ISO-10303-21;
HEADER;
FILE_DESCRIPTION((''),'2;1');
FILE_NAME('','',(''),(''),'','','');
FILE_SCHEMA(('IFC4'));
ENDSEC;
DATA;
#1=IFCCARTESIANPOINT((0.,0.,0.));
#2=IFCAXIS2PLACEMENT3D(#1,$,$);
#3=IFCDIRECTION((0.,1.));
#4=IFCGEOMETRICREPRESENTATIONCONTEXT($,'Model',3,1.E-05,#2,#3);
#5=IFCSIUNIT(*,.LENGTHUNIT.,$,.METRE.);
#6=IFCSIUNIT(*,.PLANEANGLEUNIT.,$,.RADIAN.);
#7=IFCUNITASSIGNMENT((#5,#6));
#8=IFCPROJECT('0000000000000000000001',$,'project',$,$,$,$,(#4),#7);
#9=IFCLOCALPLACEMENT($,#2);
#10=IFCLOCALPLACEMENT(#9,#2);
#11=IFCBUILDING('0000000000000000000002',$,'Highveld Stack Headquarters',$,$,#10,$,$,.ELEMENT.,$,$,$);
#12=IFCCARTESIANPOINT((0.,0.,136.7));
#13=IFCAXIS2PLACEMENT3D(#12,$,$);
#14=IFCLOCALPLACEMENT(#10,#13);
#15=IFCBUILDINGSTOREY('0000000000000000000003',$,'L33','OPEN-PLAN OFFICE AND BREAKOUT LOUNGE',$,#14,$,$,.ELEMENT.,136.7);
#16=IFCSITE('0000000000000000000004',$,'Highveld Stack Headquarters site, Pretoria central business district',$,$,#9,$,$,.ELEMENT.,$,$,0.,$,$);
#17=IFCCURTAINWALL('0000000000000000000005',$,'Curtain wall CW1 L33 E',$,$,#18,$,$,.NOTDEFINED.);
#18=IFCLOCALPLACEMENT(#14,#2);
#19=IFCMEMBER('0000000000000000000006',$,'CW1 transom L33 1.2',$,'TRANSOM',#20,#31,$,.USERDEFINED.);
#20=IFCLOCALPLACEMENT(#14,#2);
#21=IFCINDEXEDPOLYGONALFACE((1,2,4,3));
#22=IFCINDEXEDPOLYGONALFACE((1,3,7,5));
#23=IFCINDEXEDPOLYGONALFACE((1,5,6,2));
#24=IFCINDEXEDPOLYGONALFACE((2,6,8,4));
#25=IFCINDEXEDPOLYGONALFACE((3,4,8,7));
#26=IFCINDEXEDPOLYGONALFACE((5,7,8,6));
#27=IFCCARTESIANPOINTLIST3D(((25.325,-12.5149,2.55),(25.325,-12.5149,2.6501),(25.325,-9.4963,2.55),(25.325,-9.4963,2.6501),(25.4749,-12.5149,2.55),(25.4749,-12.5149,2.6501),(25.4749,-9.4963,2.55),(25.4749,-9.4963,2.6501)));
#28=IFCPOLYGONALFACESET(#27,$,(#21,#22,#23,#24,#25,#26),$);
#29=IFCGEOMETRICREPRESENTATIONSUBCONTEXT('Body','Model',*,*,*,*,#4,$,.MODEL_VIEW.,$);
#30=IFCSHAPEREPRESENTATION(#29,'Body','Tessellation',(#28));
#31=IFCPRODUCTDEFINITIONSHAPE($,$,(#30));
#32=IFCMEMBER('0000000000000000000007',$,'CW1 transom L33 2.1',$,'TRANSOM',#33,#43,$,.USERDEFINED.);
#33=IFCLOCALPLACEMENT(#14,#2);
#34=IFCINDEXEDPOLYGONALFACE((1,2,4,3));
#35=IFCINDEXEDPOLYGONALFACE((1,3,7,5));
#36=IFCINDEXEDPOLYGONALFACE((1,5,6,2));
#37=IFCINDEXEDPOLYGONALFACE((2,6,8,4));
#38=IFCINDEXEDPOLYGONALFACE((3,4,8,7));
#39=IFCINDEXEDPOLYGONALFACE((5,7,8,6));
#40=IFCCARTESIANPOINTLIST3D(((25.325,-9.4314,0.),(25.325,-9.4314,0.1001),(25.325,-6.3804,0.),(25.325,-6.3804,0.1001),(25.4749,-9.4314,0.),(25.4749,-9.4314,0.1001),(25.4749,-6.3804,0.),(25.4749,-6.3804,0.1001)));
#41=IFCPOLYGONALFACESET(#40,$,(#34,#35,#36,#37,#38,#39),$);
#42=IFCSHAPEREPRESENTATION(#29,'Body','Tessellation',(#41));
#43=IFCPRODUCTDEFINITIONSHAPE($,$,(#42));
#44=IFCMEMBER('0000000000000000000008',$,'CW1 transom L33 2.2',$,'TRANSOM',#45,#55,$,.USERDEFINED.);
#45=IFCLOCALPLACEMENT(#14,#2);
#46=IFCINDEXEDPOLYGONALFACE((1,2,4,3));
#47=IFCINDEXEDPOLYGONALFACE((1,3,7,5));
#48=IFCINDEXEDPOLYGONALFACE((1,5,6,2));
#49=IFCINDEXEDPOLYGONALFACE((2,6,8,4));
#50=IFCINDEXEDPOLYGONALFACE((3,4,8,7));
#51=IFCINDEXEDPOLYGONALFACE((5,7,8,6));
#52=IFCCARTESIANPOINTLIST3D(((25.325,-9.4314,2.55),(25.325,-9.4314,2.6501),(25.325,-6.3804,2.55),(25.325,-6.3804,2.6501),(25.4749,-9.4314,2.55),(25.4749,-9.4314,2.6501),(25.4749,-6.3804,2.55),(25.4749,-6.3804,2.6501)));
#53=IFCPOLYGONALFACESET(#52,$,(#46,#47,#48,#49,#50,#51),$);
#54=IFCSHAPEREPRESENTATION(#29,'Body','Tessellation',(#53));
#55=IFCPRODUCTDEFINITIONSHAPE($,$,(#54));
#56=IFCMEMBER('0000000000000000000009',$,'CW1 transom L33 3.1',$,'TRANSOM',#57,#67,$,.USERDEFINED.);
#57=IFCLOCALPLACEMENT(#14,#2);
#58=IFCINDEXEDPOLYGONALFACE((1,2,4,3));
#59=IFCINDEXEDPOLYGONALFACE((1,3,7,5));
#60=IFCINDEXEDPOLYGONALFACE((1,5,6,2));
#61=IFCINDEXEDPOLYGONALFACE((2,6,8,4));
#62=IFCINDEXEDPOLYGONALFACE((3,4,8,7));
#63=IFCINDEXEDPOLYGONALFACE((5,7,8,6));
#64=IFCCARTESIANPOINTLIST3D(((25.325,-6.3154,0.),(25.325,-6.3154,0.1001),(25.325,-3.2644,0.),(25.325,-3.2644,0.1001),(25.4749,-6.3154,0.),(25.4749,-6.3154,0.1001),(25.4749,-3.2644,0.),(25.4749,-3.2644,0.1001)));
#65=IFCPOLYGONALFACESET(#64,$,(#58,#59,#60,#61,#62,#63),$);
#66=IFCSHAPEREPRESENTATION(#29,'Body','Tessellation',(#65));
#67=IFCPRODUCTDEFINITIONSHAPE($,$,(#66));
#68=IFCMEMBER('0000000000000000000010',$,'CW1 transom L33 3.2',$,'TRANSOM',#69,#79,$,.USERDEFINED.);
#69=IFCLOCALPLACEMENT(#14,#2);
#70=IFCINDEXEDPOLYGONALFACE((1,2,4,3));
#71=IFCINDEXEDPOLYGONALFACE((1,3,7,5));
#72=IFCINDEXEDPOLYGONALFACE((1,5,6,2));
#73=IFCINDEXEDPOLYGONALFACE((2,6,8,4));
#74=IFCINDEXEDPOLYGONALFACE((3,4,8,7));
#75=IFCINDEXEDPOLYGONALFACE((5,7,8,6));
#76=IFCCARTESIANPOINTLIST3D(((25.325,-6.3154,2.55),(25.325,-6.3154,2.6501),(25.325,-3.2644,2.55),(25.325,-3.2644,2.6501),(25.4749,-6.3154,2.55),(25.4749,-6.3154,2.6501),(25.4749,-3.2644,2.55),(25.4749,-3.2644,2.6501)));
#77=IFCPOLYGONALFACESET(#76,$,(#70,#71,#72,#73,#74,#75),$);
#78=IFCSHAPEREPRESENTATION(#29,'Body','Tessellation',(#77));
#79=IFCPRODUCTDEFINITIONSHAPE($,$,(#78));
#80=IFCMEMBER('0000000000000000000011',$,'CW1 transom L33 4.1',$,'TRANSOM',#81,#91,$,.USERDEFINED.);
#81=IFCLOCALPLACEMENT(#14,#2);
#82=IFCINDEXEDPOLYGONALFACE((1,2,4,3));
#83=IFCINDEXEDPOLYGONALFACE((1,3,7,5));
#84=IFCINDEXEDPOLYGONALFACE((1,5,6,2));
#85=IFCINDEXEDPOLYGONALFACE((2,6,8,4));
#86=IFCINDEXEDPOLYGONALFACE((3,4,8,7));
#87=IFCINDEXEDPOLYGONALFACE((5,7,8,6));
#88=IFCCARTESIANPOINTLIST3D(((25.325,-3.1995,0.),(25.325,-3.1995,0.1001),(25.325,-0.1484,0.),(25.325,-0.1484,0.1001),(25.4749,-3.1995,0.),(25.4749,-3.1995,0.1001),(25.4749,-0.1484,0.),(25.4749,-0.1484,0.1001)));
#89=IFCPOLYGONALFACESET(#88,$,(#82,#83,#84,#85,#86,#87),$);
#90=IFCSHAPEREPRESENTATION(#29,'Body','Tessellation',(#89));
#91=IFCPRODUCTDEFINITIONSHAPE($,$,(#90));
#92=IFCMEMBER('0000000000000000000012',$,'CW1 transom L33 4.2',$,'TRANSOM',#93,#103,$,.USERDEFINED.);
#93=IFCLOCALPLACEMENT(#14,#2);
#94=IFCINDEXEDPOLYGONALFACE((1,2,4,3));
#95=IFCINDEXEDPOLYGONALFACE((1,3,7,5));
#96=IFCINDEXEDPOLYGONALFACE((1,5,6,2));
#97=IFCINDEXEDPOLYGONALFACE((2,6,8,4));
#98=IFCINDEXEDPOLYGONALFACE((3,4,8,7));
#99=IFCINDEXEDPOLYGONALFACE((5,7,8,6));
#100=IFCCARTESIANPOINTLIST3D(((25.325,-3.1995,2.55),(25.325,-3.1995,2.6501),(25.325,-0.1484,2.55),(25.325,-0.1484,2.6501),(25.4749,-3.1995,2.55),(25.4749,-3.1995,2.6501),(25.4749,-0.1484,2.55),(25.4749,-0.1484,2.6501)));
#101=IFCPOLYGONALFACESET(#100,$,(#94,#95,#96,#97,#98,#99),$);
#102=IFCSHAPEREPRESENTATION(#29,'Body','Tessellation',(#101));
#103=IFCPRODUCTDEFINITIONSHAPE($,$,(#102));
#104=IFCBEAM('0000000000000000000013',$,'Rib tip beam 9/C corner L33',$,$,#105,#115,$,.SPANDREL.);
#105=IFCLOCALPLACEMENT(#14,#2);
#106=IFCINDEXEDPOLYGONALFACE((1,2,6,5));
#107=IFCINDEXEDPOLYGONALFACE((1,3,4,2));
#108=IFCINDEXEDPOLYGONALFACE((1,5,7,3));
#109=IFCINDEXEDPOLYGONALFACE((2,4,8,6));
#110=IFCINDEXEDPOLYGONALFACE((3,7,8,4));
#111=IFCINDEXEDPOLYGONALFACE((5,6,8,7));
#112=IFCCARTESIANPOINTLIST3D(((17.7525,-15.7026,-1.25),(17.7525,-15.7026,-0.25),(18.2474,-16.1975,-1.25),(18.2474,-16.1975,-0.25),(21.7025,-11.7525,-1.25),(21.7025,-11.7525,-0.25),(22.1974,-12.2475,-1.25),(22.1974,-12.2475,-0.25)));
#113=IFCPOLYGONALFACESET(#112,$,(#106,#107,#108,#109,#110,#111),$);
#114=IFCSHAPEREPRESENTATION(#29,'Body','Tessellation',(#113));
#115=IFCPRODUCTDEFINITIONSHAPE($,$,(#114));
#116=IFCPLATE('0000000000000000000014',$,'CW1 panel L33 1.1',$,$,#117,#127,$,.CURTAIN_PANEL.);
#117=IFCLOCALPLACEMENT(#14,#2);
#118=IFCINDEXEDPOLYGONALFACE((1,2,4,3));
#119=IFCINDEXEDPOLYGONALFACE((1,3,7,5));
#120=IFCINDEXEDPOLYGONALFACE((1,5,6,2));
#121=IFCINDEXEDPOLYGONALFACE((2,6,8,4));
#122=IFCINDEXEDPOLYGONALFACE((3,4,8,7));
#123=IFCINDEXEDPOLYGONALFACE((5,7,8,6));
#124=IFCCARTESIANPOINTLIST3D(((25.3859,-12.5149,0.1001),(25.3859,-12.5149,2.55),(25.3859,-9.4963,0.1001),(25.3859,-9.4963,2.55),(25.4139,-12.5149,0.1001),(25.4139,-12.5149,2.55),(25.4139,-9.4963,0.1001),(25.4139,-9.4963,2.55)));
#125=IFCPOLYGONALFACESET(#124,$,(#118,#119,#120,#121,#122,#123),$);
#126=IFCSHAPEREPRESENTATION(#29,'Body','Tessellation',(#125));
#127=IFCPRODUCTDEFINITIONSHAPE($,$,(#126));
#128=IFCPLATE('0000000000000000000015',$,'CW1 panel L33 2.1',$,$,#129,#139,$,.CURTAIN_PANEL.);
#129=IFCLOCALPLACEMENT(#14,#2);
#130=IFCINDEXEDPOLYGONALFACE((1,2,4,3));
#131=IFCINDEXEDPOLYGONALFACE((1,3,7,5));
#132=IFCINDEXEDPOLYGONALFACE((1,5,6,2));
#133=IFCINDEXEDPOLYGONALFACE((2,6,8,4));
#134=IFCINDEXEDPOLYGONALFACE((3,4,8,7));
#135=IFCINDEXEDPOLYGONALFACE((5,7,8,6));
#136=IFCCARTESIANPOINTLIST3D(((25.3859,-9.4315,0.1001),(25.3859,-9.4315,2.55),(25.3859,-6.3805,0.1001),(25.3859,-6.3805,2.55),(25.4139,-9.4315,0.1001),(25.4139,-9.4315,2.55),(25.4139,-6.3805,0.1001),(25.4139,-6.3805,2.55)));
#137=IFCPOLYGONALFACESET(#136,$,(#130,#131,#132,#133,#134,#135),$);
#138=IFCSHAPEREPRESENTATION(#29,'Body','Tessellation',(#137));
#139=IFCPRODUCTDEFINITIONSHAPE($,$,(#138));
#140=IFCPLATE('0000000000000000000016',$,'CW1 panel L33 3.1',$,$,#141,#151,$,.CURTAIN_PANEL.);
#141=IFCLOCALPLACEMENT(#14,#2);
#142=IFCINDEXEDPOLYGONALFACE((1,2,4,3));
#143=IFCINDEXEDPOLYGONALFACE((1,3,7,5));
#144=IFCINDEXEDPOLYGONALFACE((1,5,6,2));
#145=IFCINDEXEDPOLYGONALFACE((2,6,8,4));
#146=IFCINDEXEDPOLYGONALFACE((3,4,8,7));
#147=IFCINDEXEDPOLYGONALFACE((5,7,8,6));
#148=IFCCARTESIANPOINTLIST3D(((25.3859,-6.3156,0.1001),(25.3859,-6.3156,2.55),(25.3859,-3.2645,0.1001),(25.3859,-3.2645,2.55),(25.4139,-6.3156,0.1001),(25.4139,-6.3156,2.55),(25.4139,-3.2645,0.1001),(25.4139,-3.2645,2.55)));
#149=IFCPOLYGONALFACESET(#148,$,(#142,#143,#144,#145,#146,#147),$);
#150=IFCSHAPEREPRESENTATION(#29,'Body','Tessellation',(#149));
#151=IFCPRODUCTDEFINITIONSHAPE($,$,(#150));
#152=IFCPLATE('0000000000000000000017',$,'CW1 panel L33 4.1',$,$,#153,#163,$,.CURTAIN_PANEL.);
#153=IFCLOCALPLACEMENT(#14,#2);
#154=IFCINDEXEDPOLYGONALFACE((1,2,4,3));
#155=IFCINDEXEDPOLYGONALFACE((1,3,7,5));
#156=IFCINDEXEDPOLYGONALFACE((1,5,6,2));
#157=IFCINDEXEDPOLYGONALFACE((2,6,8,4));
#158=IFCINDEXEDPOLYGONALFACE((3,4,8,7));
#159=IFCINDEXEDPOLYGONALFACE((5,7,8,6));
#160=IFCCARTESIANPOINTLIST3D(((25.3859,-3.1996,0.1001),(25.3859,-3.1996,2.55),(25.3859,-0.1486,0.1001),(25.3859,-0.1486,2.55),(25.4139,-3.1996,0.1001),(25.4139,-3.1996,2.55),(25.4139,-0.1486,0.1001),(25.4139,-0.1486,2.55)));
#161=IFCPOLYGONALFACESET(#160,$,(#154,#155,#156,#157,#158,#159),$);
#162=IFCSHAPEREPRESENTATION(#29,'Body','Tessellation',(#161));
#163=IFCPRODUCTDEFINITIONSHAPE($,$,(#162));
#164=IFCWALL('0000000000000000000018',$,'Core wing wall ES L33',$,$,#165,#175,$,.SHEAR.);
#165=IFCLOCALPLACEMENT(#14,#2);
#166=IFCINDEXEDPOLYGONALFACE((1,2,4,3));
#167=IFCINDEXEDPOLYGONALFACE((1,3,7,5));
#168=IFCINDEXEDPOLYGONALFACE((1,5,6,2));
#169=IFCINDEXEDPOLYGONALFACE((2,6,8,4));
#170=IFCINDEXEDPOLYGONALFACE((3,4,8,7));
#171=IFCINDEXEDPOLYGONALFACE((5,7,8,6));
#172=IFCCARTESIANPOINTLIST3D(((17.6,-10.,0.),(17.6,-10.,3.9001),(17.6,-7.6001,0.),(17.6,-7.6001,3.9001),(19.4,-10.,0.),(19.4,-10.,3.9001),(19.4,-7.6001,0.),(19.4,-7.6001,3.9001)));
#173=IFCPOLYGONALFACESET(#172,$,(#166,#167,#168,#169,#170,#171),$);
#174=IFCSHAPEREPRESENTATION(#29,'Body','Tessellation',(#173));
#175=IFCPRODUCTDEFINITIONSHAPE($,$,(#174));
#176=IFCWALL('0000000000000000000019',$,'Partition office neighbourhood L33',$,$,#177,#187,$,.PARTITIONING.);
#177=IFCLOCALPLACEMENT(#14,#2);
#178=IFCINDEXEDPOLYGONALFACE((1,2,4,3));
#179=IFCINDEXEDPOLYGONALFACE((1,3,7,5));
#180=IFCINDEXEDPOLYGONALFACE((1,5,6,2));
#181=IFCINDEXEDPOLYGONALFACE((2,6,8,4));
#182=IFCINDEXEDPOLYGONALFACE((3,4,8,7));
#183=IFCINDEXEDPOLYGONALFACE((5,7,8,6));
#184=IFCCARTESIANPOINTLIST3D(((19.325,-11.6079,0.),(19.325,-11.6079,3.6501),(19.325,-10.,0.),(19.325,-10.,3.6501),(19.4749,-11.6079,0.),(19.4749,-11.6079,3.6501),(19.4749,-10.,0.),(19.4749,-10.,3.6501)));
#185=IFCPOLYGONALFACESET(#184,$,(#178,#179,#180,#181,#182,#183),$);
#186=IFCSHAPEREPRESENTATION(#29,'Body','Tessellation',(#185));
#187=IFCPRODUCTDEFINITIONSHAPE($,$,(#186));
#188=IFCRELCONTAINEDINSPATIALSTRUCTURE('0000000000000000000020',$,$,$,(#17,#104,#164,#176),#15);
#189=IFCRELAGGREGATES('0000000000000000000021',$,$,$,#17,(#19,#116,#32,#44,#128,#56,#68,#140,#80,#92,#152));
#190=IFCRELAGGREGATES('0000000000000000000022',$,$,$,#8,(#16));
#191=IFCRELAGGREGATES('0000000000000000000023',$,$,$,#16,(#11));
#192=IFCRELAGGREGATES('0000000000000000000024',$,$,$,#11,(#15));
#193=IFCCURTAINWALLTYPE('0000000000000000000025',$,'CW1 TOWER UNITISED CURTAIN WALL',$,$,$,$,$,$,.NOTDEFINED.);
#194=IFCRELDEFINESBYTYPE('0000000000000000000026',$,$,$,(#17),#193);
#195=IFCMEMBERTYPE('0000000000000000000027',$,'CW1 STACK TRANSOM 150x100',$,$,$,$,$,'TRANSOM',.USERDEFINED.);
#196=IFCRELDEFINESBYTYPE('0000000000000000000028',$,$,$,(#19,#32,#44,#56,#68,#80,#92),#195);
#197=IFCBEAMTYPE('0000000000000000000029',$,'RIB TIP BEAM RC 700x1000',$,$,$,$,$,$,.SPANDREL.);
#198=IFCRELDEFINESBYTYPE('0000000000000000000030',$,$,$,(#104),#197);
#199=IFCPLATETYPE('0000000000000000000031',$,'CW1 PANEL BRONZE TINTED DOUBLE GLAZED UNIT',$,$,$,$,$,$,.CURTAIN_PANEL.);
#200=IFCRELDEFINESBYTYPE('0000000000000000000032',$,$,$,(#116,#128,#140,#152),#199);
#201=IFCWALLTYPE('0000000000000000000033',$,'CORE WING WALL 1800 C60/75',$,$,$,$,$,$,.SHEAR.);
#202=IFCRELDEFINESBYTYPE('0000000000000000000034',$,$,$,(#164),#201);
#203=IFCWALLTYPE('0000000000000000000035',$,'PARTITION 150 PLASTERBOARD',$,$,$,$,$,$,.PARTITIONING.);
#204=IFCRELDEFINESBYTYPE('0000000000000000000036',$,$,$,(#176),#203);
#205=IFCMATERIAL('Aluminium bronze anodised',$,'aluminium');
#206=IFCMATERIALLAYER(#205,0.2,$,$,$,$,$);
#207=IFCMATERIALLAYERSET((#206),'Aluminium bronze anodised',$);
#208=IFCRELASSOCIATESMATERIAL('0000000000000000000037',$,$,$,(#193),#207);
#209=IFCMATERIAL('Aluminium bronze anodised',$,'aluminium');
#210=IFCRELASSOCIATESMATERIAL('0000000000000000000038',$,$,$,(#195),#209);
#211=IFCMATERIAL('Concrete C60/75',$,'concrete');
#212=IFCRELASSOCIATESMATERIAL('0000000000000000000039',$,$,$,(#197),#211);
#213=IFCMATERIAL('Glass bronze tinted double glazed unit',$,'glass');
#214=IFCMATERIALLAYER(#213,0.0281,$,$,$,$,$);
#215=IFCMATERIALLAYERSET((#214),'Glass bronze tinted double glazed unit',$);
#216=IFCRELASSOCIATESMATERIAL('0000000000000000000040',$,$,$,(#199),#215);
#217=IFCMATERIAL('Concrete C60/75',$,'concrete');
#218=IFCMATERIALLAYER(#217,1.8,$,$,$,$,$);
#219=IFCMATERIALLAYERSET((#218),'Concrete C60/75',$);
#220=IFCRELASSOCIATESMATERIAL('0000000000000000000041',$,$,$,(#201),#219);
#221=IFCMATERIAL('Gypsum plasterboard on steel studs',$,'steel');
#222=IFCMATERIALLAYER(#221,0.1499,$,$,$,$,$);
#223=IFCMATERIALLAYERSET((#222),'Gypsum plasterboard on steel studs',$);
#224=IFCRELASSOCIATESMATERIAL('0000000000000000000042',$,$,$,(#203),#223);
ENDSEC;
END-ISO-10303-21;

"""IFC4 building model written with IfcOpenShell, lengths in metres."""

from ifc_helpers import new_model, si_unit, direction, frame, frame_2d, origin, origin_2d, place, context, subcontext, project, spatial, rectangle, extrude, material, layer, layer_set, material_profile, profile_set, type_object, element, aggregate, save


model = new_model("IFC4")

# Units and contexts
model_context = context("Model", 3, precision=1e-05, world=origin(), true_north=direction((0.0, 1.0)))
body_context = subcontext(model_context, "Body", "Model", "MODEL_VIEW")
ifc_project = project(units=[si_unit("LENGTHUNIT", "METRE"), si_unit("PLANEANGLEUNIT", "RADIAN")], contexts=[model_context])

# Site, building, storey
site_placement = place(None, origin())
site = spatial("IfcSite", under=ifc_project, at=site_placement, Name="Highveld Stack Headquarters site, Pretoria central business district", CompositionType="ELEMENT", RefElevation=0.0)
building_placement = place(site_placement, origin())
building = spatial("IfcBuilding", under=site, at=building_placement, Name="Highveld Stack Headquarters", CompositionType="ELEMENT")
storey_placement = place(building_placement, frame((0.0, 0.0, 136.7)))
storey = spatial("IfcBuildingStorey", under=building, at=storey_placement, Name="L33", Description="OPEN-PLAN OFFICE AND BREAKOUT LOUNGE", CompositionType="ELEMENT", Elevation=136.7)

# Curtain wall, members
ifc_material_1 = material(Name="Aluminium bronze anodised", Category="aluminium")
ifc_layer_1 = layer(ifc_material_1, 0.2)
ifc_layer_set_1 = layer_set([ifc_layer_1], Name="Aluminium bronze anodised")
curtain_wall_type = type_object("IfcCurtainWallType", Name="CW1 TOWER UNITISED CURTAIN WALL", PredefinedType="NOTDEFINED", material=ifc_layer_set_1)
curtain_wall_placement = place(storey_placement, origin())
curtain_wall = element("IfcCurtainWall", 1, at=curtain_wall_placement, inside=storey, type_object=curtain_wall_type, Name="Curtain wall CW1 L33 E", PredefinedType="NOTDEFINED")
ifc_material_2 = material(Name="Aluminium bronze anodised", Category="aluminium")
ifc_material_profile_1 = material_profile(ifc_material_2, rectangle(XDim=0.1499, YDim=0.1001, at=origin_2d()), Name="CW1 TRANSOM 150x100")
ifc_profile_set_1 = profile_set([ifc_material_profile_1], Name="Aluminium bronze anodised")
member_type_1 = type_object("IfcMemberType", Name="CW1 STACK TRANSOM 150x100", ElementType="TRANSOM", PredefinedType="USERDEFINED", material=ifc_profile_set_1)
member_1_placement = place(storey_placement, frame((25.3999, -12.5149, 2.6001), z_axis=(0.0, 1.0, 0.0), x_axis=(-1.0, 0.0, 0.0)))
member_1 = element("IfcMember", 2, at=member_1_placement, type_object=member_type_1, Name="CW1 transom L33 1.2", ObjectType="TRANSOM", PredefinedType="USERDEFINED", context=body_context, shape_type="SweptSolid", body=[
    extrude(rectangle(XDim=0.1499, YDim=0.1001, at=origin_2d()), origin(), (0.0, 0.0, 1.0), 3.0186),
])
member_2_placement = place(storey_placement, frame((25.3999, -9.4314, 0.05), z_axis=(0.0, 1.0, 0.0), x_axis=(-1.0, 0.0, 0.0)))
member_2 = element("IfcMember", 3, at=member_2_placement, type_object=member_type_1, Name="CW1 transom L33 2.1", ObjectType="TRANSOM", PredefinedType="USERDEFINED", context=body_context, shape_type="SweptSolid", body=[
    extrude(rectangle(XDim=0.1499, YDim=0.1001, at=origin_2d()), origin(), (0.0, 0.0, 1.0), 3.051),
])
member_3_placement = place(storey_placement, frame((25.3999, -9.4314, 2.6001), z_axis=(0.0, 1.0, 0.0), x_axis=(-1.0, 0.0, 0.0)))
member_3 = element("IfcMember", 4, at=member_3_placement, type_object=member_type_1, Name="CW1 transom L33 2.2", ObjectType="TRANSOM", PredefinedType="USERDEFINED", context=body_context, shape_type="SweptSolid", body=[
    extrude(rectangle(XDim=0.1499, YDim=0.1001, at=origin_2d()), origin(), (0.0, 0.0, 1.0), 3.051),
])
member_4_placement = place(storey_placement, frame((25.3999, -6.3154, 0.05), z_axis=(0.0, 1.0, 0.0), x_axis=(-1.0, 0.0, 0.0)))
member_4 = element("IfcMember", 5, at=member_4_placement, type_object=member_type_1, Name="CW1 transom L33 3.1", ObjectType="TRANSOM", PredefinedType="USERDEFINED", context=body_context, shape_type="SweptSolid", body=[
    extrude(rectangle(XDim=0.1499, YDim=0.1001, at=origin_2d()), origin(), (0.0, 0.0, 1.0), 3.051),
])
member_5_placement = place(storey_placement, frame((25.3999, -6.3154, 2.6001), z_axis=(0.0, 1.0, 0.0), x_axis=(-1.0, 0.0, 0.0)))
member_5 = element("IfcMember", 6, at=member_5_placement, type_object=member_type_1, Name="CW1 transom L33 3.2", ObjectType="TRANSOM", PredefinedType="USERDEFINED", context=body_context, shape_type="SweptSolid", body=[
    extrude(rectangle(XDim=0.1499, YDim=0.1001, at=origin_2d()), origin(), (0.0, 0.0, 1.0), 3.051),
])
member_6_placement = place(storey_placement, frame((25.3999, -3.1995, 0.05), z_axis=(0.0, 1.0, 0.0), x_axis=(-1.0, 0.0, 0.0)))
member_6 = element("IfcMember", 7, at=member_6_placement, type_object=member_type_1, Name="CW1 transom L33 4.1", ObjectType="TRANSOM", PredefinedType="USERDEFINED", context=body_context, shape_type="SweptSolid", body=[
    extrude(rectangle(XDim=0.1499, YDim=0.1001, at=origin_2d()), origin(), (0.0, 0.0, 1.0), 3.051),
])
member_7_placement = place(storey_placement, frame((25.3999, -3.1995, 2.6001), z_axis=(0.0, 1.0, 0.0), x_axis=(-1.0, 0.0, 0.0)))
member_7 = element("IfcMember", 8, at=member_7_placement, type_object=member_type_1, Name="CW1 transom L33 4.2", ObjectType="TRANSOM", PredefinedType="USERDEFINED", context=body_context, shape_type="SweptSolid", body=[
    extrude(rectangle(XDim=0.1499, YDim=0.1001, at=origin_2d()), origin(), (0.0, 0.0, 1.0), 3.051),
])

# Beam
ifc_material_3 = material(Name="Concrete C60/75", Category="concrete")
ifc_material_profile_2 = material_profile(ifc_material_3, rectangle(XDim=0.7, YDim=1.0, at=origin_2d()), Name="RC 700x1000")
ifc_profile_set_2 = profile_set([ifc_material_profile_2], Name="Concrete C60/75")
beam_type_1 = type_object("IfcBeamType", Name="RIB TIP BEAM RC 700x1000", PredefinedType="SPANDREL", material=ifc_profile_set_2)
beam_1_placement = place(storey_placement, frame((21.95, -12.0, -0.75), z_axis=(-0.707107, -0.707107, 0.0), x_axis=(0.707107, -0.707107, 0.0)))
element("IfcBeam", 9, at=beam_1_placement, inside=storey, type_object=beam_type_1, Name="Rib tip beam 9/C corner L33", PredefinedType="SPANDREL", context=body_context, shape_type="SweptSolid", body=[
    extrude(rectangle(XDim=0.7, YDim=1.0, at=origin_2d()), origin(), (0.0, 0.0, 1.0), 5.5862),
])

# Plates
ifc_material_4 = material(Name="Glass bronze tinted double glazed unit", Category="glass")
ifc_layer_2 = layer(ifc_material_4, 0.0281)
ifc_layer_set_2 = layer_set([ifc_layer_2], Name="Glass bronze tinted double glazed unit")
plate_type = type_object("IfcPlateType", Name="CW1 PANEL BRONZE TINTED DOUBLE GLAZED UNIT", PredefinedType="CURTAIN_PANEL", material=ifc_layer_set_2)
plate_1_placement = place(storey_placement, frame((25.3999, -11.0056, 0.1001), z_axis=(0.0, 0.0, 1.0), x_axis=(0.0, 1.0, 0.0)))
plate_1 = element("IfcPlate", 10, at=plate_1_placement, type_object=plate_type, Name="CW1 panel L33 1.1", PredefinedType="CURTAIN_PANEL", context=body_context, shape_type="SweptSolid", body=[
    extrude(rectangle(XDim=3.0186, YDim=0.0281, at=origin_2d()), origin(), (0.0, 0.0, 1.0), 2.45),
])
plate_2_placement = place(storey_placement, frame((25.3999, -7.906, 0.1001), z_axis=(0.0, 0.0, 1.0), x_axis=(0.0, 1.0, 0.0)))
plate_2 = element("IfcPlate", 11, at=plate_2_placement, type_object=plate_type, Name="CW1 panel L33 2.1", PredefinedType="CURTAIN_PANEL", context=body_context, shape_type="SweptSolid", body=[
    extrude(rectangle(XDim=3.051, YDim=0.0281, at=origin_2d()), origin(), (0.0, 0.0, 1.0), 2.45),
])
plate_3_placement = place(storey_placement, frame((25.3999, -4.79, 0.1001), z_axis=(0.0, 0.0, 1.0), x_axis=(0.0, 1.0, 0.0)))
plate_3 = element("IfcPlate", 12, at=plate_3_placement, type_object=plate_type, Name="CW1 panel L33 3.1", PredefinedType="CURTAIN_PANEL", context=body_context, shape_type="SweptSolid", body=[
    extrude(rectangle(XDim=3.051, YDim=0.0281, at=origin_2d()), origin(), (0.0, 0.0, 1.0), 2.45),
])
plate_4_placement = place(storey_placement, frame((25.3999, -1.6741, 0.1001), z_axis=(0.0, 0.0, 1.0), x_axis=(0.0, 1.0, 0.0)))
plate_4 = element("IfcPlate", 13, at=plate_4_placement, type_object=plate_type, Name="CW1 panel L33 4.1", PredefinedType="CURTAIN_PANEL", context=body_context, shape_type="SweptSolid", body=[
    extrude(rectangle(XDim=3.051, YDim=0.0281, at=origin_2d()), origin(), (0.0, 0.0, 1.0), 2.45),
])
aggregate(curtain_wall, [member_1, plate_1, member_2, member_3, plate_2, member_4, member_5, plate_3, member_6, member_7, plate_4])

# Walls
ifc_material_5 = material(Name="Concrete C60/75", Category="concrete")
ifc_layer_3 = layer(ifc_material_5, 1.8)
ifc_layer_set_3 = layer_set([ifc_layer_3], Name="Concrete C60/75")
wall_type_1 = type_object("IfcWallType", Name="CORE WING WALL 1800 C60/75", PredefinedType="SHEAR", material=ifc_layer_set_3)
wall_1_placement = place(storey_placement, frame((18.5, -10.0, 0.0), z_axis=(0.0, 0.0, 1.0), x_axis=(0.0, 1.0, 0.0)))
element("IfcWall", 14, at=wall_1_placement, inside=storey, type_object=wall_type_1, Name="Core wing wall ES L33", PredefinedType="SHEAR", context=body_context, shape_type="SweptSolid", body=[
    extrude(rectangle(XDim=2.3999, YDim=1.8, at=frame_2d((1.2, 0.0))), origin(), (0.0, 0.0, 1.0), 3.9001),
])
ifc_material_6 = material(Name="Gypsum plasterboard on steel studs", Category="steel")
ifc_layer_4 = layer(ifc_material_6, 0.1499)
ifc_layer_set_4 = layer_set([ifc_layer_4], Name="Gypsum plasterboard on steel studs")
wall_type_2 = type_object("IfcWallType", Name="PARTITION 150 PLASTERBOARD", PredefinedType="PARTITIONING", material=ifc_layer_set_4)
wall_2_placement = place(storey_placement, frame((19.3999, -11.6079, 0.0), z_axis=(0.0, 0.0, 1.0), x_axis=(0.0, 1.0, 0.0)))
element("IfcWall", 15, at=wall_2_placement, inside=storey, type_object=wall_type_2, Name="Partition office neighbourhood L33", PredefinedType="PARTITIONING", context=body_context, shape_type="SweptSolid", body=[
    extrude(rectangle(XDim=1.6079, YDim=0.1499, at=frame_2d((0.804, 0.0))), origin(), (0.0, 0.0, 1.0), 3.6501),
])

save(model, "model.ifc")
